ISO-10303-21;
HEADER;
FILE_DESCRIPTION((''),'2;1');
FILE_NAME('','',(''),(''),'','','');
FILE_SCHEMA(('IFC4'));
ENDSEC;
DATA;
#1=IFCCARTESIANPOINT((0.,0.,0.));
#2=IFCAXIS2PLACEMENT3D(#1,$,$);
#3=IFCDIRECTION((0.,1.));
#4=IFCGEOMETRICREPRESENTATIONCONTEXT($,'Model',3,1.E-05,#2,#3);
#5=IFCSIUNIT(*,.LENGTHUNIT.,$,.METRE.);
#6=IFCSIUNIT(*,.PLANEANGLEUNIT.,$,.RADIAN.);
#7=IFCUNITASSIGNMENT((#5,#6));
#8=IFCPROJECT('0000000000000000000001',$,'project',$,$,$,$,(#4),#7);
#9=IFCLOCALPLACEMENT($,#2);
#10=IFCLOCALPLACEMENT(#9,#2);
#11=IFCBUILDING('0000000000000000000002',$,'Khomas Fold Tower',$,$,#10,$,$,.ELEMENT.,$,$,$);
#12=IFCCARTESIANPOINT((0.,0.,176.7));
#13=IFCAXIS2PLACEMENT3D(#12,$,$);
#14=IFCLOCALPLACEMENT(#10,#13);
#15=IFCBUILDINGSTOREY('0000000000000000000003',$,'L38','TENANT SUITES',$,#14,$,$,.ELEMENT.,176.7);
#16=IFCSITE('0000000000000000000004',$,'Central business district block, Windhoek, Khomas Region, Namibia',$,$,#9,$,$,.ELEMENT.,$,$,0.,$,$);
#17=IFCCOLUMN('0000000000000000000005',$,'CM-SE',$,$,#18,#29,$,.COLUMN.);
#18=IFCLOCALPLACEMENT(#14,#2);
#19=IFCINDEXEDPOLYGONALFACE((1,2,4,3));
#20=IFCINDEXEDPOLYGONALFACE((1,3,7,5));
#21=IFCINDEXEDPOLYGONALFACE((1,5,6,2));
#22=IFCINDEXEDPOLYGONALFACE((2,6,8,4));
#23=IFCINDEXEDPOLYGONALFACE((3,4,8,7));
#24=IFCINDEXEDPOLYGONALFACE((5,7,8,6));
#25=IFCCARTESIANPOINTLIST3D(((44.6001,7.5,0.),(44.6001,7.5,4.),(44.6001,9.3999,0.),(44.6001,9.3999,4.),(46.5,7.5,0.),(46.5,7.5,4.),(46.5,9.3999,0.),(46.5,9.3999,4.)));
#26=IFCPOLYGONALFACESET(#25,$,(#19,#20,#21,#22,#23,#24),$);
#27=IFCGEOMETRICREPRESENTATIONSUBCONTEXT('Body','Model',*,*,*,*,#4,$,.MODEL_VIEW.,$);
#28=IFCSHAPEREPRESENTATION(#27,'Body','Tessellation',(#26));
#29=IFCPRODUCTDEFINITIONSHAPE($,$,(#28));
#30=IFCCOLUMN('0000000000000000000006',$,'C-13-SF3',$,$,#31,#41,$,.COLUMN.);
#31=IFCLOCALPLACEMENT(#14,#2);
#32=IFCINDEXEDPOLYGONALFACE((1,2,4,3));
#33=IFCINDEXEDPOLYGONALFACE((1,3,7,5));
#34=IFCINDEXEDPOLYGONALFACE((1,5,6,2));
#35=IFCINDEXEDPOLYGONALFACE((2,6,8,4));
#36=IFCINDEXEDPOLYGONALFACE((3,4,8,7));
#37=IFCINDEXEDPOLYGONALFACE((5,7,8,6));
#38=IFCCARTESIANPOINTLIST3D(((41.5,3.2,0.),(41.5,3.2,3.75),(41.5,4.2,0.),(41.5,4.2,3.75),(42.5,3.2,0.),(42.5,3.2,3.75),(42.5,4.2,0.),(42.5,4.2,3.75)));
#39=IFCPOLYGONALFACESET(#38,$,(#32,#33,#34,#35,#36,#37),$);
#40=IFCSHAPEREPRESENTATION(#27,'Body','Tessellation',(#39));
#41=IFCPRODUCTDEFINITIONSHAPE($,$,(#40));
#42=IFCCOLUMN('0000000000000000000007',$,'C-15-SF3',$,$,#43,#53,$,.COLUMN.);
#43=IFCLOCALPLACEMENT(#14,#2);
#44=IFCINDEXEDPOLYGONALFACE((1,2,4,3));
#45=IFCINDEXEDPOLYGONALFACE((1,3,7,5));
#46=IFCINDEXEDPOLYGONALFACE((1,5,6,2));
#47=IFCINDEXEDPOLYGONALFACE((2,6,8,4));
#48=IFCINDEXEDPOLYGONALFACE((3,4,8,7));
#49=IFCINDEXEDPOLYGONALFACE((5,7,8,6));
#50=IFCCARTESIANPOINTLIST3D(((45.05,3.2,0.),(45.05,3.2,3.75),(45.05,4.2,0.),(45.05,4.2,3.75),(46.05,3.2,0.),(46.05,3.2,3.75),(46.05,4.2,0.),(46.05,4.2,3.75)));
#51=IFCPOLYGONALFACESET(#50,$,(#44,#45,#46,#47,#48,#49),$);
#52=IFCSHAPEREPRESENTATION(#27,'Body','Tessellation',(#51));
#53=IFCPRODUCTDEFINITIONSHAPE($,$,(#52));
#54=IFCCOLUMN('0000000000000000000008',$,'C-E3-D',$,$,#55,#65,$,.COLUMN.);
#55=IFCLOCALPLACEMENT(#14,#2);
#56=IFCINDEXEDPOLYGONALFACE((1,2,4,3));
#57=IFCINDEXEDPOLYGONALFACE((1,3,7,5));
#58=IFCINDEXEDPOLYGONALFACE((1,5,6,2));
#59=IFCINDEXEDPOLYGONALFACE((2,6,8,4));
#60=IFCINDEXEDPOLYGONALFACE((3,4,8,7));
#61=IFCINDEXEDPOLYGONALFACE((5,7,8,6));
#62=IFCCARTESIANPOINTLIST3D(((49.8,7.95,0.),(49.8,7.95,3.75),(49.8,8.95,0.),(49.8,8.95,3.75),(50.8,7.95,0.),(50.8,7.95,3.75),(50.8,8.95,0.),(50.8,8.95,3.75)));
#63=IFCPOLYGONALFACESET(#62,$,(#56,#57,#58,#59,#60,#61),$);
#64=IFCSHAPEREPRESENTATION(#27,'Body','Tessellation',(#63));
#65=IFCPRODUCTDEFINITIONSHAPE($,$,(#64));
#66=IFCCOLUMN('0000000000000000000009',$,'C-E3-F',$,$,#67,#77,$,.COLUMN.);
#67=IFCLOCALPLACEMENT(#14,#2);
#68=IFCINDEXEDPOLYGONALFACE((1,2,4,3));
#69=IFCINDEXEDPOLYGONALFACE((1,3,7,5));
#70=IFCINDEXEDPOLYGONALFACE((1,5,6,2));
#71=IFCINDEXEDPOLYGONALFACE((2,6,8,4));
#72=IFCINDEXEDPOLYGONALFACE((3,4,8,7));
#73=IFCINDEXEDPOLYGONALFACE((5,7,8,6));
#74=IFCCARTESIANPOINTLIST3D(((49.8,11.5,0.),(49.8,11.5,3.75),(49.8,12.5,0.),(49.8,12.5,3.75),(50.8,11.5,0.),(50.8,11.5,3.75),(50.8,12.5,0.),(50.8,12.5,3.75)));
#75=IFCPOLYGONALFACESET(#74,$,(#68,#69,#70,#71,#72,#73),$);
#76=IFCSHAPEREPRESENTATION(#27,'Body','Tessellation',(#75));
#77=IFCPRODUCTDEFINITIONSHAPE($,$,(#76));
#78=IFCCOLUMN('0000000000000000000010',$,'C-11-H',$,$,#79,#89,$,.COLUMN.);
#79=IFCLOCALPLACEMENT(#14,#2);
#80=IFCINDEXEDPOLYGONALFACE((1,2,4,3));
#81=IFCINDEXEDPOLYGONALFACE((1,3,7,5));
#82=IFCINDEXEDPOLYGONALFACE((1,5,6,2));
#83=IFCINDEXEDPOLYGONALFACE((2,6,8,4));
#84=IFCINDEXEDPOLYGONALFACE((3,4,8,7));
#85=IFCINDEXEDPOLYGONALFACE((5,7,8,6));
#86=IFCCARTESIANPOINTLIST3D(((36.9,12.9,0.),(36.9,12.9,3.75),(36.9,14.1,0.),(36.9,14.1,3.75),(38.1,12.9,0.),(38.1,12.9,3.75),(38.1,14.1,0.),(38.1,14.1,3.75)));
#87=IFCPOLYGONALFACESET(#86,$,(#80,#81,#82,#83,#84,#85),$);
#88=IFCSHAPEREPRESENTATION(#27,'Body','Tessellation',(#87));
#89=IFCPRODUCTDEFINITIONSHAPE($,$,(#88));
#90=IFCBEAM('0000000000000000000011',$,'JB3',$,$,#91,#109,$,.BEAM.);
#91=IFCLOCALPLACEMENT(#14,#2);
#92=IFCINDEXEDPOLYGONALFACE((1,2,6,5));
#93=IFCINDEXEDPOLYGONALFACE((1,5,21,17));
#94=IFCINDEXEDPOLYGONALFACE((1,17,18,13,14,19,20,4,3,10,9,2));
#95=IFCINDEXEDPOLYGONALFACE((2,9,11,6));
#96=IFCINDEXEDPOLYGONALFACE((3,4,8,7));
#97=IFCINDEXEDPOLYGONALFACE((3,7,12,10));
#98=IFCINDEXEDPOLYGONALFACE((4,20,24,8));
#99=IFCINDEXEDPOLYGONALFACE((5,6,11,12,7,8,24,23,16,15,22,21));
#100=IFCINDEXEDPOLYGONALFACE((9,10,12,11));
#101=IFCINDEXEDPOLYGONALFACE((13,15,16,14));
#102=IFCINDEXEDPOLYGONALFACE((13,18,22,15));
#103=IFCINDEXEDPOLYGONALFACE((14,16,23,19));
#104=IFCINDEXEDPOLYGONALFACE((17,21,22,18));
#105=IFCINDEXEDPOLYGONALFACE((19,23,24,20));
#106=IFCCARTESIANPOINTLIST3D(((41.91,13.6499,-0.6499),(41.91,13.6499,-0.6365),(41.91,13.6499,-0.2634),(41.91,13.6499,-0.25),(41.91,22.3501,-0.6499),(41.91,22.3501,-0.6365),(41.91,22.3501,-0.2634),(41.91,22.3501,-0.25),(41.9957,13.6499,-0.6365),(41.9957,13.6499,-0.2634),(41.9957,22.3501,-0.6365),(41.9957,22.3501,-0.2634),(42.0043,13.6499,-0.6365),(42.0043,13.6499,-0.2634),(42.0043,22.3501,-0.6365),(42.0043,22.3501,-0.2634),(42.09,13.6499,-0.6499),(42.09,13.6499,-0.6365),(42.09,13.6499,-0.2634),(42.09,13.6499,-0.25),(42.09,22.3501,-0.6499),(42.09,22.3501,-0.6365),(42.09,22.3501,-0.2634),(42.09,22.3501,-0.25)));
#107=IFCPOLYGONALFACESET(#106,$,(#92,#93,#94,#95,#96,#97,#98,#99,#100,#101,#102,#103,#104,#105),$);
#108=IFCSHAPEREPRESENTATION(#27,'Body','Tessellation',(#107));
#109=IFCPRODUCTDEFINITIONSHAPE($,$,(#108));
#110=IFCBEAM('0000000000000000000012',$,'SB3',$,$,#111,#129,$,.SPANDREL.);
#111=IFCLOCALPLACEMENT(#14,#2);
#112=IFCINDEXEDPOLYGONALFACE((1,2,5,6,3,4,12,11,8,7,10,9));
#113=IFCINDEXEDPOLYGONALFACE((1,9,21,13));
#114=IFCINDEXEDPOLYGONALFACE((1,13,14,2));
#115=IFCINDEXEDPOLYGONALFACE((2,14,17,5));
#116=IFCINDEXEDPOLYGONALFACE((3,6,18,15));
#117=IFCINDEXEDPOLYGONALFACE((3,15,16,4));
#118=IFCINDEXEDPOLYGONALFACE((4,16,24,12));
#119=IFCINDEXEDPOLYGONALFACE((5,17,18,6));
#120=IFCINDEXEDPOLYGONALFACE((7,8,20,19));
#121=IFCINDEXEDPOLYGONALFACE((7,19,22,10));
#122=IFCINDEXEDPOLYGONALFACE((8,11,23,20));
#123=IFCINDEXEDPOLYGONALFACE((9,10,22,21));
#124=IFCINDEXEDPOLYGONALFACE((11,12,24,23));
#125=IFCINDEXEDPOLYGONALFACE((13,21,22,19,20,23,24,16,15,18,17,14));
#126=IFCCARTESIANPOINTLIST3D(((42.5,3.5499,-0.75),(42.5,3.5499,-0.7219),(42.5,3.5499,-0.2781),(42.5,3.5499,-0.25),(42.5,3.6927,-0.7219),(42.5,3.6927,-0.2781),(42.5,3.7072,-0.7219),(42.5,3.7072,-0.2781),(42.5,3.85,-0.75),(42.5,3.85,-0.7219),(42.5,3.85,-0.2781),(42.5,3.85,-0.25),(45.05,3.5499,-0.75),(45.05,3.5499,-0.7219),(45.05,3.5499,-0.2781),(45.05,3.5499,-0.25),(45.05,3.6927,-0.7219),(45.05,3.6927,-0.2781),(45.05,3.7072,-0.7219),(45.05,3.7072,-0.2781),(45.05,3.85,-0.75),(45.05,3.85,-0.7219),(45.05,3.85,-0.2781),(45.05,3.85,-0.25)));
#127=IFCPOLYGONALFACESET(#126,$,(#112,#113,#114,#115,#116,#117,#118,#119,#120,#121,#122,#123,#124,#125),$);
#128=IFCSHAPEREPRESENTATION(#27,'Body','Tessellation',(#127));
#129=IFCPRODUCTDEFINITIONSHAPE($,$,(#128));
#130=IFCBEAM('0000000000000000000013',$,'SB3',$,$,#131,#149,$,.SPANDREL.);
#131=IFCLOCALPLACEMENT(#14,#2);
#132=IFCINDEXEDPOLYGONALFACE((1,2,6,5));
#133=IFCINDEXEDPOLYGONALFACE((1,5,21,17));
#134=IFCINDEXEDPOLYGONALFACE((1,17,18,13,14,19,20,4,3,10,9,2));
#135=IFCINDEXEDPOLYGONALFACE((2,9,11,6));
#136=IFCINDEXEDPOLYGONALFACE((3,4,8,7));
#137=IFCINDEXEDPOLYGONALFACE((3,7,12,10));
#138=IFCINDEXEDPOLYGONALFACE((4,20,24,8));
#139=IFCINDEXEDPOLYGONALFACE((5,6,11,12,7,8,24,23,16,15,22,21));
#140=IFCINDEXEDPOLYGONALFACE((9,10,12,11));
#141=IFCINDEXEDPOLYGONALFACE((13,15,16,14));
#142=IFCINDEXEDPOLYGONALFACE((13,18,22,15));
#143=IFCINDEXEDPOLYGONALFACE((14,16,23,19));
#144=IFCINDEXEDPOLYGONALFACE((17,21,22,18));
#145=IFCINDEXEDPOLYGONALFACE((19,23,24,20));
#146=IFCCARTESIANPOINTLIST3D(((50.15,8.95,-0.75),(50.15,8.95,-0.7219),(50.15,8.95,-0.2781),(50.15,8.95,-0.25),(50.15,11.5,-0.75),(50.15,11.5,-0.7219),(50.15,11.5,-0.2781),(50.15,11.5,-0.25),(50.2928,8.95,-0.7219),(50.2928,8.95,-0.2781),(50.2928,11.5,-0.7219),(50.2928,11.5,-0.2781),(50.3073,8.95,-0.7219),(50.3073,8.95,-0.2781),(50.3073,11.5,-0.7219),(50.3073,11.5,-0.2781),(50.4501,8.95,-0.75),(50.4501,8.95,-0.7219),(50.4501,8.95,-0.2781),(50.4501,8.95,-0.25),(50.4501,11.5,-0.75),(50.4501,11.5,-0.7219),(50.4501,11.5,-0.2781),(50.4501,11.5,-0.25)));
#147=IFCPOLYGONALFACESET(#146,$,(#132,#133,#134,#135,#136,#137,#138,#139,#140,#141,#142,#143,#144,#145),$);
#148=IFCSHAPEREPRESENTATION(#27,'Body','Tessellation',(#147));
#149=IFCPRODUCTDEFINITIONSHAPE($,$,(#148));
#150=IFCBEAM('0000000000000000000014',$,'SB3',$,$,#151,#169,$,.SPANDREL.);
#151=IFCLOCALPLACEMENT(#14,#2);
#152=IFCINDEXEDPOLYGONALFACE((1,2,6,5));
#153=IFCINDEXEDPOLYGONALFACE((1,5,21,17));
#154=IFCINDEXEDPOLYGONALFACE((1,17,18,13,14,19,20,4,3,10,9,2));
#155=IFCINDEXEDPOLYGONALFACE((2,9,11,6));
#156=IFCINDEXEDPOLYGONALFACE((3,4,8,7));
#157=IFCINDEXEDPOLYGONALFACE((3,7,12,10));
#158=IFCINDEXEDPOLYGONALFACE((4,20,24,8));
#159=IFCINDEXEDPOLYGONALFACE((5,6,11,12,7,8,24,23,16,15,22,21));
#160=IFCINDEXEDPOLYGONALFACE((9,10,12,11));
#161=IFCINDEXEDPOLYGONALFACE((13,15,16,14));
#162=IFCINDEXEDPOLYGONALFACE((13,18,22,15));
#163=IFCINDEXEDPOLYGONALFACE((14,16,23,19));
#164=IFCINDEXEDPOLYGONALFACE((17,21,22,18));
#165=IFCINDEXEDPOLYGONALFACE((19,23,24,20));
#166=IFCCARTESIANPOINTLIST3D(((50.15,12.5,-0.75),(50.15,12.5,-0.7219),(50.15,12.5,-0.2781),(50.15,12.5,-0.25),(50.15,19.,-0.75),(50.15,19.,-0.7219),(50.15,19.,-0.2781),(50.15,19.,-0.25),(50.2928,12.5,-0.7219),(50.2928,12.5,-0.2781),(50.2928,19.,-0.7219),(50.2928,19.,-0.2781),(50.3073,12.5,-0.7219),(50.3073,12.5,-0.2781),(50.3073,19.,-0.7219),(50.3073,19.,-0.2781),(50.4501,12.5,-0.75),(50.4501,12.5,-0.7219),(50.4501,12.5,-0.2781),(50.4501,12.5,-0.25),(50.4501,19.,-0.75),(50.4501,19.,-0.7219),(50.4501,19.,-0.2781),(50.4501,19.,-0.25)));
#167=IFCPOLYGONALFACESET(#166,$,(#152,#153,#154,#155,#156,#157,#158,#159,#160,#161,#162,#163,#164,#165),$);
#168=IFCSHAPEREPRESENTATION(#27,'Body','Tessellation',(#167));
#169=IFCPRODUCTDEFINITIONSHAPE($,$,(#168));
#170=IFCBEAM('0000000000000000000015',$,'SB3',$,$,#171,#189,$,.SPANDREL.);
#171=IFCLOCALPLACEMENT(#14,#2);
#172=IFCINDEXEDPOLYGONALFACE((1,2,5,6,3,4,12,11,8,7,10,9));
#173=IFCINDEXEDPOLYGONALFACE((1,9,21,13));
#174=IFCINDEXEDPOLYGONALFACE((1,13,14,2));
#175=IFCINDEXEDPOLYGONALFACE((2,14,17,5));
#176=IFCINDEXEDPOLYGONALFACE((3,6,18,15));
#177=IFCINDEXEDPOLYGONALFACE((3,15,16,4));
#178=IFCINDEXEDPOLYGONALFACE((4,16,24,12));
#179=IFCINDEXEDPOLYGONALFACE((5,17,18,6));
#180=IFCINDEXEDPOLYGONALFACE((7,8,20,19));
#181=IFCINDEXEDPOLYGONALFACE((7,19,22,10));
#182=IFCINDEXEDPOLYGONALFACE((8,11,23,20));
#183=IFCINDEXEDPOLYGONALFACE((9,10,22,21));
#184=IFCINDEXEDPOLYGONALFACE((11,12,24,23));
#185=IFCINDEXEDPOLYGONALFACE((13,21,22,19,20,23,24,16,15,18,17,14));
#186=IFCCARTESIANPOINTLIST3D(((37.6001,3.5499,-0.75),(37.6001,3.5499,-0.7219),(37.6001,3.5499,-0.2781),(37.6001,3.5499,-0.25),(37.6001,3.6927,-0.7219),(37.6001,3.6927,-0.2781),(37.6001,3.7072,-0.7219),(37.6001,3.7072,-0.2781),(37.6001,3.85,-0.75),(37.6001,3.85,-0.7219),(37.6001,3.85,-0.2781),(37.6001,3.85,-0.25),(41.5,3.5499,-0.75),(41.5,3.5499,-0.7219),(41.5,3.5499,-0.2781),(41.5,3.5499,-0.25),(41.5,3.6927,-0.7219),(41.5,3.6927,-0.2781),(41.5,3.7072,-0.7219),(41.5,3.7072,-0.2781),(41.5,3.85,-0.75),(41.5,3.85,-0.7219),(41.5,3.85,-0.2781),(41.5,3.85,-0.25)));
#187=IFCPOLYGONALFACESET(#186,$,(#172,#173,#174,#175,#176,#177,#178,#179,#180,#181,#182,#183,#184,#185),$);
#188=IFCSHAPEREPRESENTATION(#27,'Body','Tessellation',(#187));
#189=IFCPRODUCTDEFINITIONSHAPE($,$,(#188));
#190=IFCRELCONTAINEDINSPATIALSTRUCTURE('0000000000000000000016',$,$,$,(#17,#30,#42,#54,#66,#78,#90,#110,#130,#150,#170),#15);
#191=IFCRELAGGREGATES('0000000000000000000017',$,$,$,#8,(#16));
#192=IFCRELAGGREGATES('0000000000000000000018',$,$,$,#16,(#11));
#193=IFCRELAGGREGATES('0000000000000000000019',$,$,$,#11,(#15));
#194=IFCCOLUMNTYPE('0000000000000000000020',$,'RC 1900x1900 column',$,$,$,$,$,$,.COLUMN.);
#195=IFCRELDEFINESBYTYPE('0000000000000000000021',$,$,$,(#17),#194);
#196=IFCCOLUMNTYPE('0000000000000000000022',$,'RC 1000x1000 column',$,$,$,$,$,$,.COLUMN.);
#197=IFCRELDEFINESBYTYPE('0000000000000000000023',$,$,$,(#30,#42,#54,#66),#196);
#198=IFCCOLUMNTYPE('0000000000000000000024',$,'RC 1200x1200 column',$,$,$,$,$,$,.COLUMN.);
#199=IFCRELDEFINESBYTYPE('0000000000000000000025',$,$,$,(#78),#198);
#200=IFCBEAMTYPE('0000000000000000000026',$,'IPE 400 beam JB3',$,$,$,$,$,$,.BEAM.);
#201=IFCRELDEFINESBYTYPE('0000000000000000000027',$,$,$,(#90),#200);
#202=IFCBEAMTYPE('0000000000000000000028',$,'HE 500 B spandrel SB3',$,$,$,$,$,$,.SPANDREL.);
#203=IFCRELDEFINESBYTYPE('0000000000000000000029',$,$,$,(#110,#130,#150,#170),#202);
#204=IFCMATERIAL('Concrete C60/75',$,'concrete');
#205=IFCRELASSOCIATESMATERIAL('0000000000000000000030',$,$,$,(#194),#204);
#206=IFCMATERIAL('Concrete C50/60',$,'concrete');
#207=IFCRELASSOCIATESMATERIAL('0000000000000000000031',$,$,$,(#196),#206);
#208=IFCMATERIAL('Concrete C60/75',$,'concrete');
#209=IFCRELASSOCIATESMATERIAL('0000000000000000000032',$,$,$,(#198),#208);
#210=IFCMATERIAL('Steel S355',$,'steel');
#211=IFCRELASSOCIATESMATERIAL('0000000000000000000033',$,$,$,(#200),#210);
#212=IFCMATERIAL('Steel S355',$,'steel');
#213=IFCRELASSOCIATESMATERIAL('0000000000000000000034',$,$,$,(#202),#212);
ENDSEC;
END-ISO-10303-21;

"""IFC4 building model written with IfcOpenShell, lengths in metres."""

from ifc_helpers import new_model, si_unit, direction, frame, origin, origin_2d, place, context, subcontext, project, spatial, rectangle, i_section, extrude, source, transform, mapped, material, material_profile, profile_set, type_object, element, save


model = new_model("IFC4")

# Units and contexts
model_context = context("Model", 3, precision=1e-05, world=origin(), true_north=direction((0.0, 1.0)))
body_context = subcontext(model_context, "Body", "Model", "MODEL_VIEW")
ifc_project = project(units=[si_unit("LENGTHUNIT", "METRE"), si_unit("PLANEANGLEUNIT", "RADIAN")], contexts=[model_context])

# Site, building, storey
site_placement = place(None, origin())
site = spatial("IfcSite", under=ifc_project, at=site_placement, Name="Central business district block, Windhoek, Khomas Region, Namibia", CompositionType="ELEMENT", RefElevation=0.0)
building_placement = place(site_placement, origin())
building = spatial("IfcBuilding", under=site, at=building_placement, Name="Khomas Fold Tower", CompositionType="ELEMENT")
storey_placement = place(building_placement, frame((0.0, 0.0, 176.7)))
storey = spatial("IfcBuildingStorey", under=building, at=storey_placement, Name="L38", Description="TENANT SUITES", CompositionType="ELEMENT", Elevation=176.7)

# Columns
ifc_material_1 = material(Name="Concrete C60/75", Category="concrete")
ifc_material_profile_1 = material_profile(ifc_material_1, rectangle(XDim=1.8999, YDim=1.8999, at=origin_2d()), Name="RC 1900x1900")
ifc_profile_set_1 = profile_set([ifc_material_profile_1], Name="Concrete C60/75")
column_type_1 = type_object("IfcColumnType", Name="RC 1900x1900 column", PredefinedType="COLUMN", material=ifc_profile_set_1)
shared_shape_1 = source(origin(), body_context, "Body", "SweptSolid", [
    extrude(rectangle(XDim=1.8999, YDim=1.8999, at=origin_2d()), origin(), (0.0, 0.0, 1.0), 4.0),
])
column_1_placement = place(storey_placement, frame((45.55, 8.45, 0.0), z_axis=(0.0, 0.0, 1.0), x_axis=(1.0, 0.0, 0.0)))
element("IfcColumn", 1, at=column_1_placement, inside=storey, type_object=column_type_1, Name="CM-SE", PredefinedType="COLUMN", context=body_context, shape_type="MappedRepresentation", body=[
    mapped(shared_shape_1, transform((0.0, 0.0, 0.0))),
])
ifc_material_2 = material(Name="Concrete C50/60", Category="concrete")
ifc_material_profile_2 = material_profile(ifc_material_2, rectangle(XDim=1.0, YDim=1.0, at=origin_2d()), Name="RC 1000x1000")
ifc_profile_set_2 = profile_set([ifc_material_profile_2], Name="Concrete C50/60")
column_type_2 = type_object("IfcColumnType", Name="RC 1000x1000 column", PredefinedType="COLUMN", material=ifc_profile_set_2)
shared_shape_2 = source(origin(), body_context, "Body", "SweptSolid", [
    extrude(rectangle(XDim=1.0, YDim=1.0, at=origin_2d()), origin(), (0.0, 0.0, 1.0), 3.75),
])
for number, where, z_axis, x_axis, name in (
    (2, (42.0, 3.7, 0.0), (0.0, 0.0, 1.0), (1.0, 0.0, 0.0), "C-13-SF3"),
    (3, (45.55, 3.7, 0.0), (0.0, 0.0, 1.0), (1.0, 0.0, 0.0), "C-15-SF3"),
    (4, (50.3, 8.45, 0.0), (0.0, 0.0, 1.0), (1.0, 0.0, 0.0), "C-E3-D"),
    (5, (50.3, 12.0, 0.0), (0.0, 0.0, 1.0), (1.0, 0.0, 0.0), "C-E3-F"),
):
    element("IfcColumn", number, at=place(storey_placement, frame(where, z_axis=z_axis, x_axis=x_axis)), inside=storey, type_object=column_type_2, Name=name, PredefinedType="COLUMN", context=body_context, shape_type="MappedRepresentation", body=[
        mapped(shared_shape_2, transform((0.0, 0.0, 0.0))),
    ])
ifc_material_3 = material(Name="Concrete C60/75", Category="concrete")
ifc_material_profile_3 = material_profile(ifc_material_3, rectangle(XDim=1.2, YDim=1.2, at=origin_2d()), Name="RC 1200x1200")
ifc_profile_set_3 = profile_set([ifc_material_profile_3], Name="Concrete C60/75")
column_type_3 = type_object("IfcColumnType", Name="RC 1200x1200 column", PredefinedType="COLUMN", material=ifc_profile_set_3)
shared_shape_3 = source(origin(), body_context, "Body", "SweptSolid", [
    extrude(rectangle(XDim=1.2, YDim=1.2, at=origin_2d()), origin(), (0.0, 0.0, 1.0), 3.75),
])
column_2_placement = place(storey_placement, frame((37.5, 13.5, 0.0), z_axis=(0.0, 0.0, 1.0), x_axis=(1.0, 0.0, 0.0)))
element("IfcColumn", 6, at=column_2_placement, inside=storey, type_object=column_type_3, Name="C-11-H", PredefinedType="COLUMN", context=body_context, shape_type="MappedRepresentation", body=[
    mapped(shared_shape_3, transform((0.0, 0.0, 0.0))),
])

# Beams
ifc_material_4 = material(Name="Steel S355", Category="steel")
ifc_material_profile_4 = material_profile(ifc_material_4, i_section(OverallWidth=0.1799, OverallDepth=0.3999, WebThickness=0.0085, FlangeThickness=0.0134, at=origin_2d()), Name="IPE 400")
ifc_profile_set_4 = profile_set([ifc_material_profile_4], Name="Steel S355")
beam_type_1 = type_object("IfcBeamType", Name="IPE 400 beam JB3", PredefinedType="BEAM", material=ifc_profile_set_4)
shared_shape_4 = source(origin(), body_context, "Body", "SweptSolid", [
    extrude(i_section(OverallWidth=0.1799, OverallDepth=0.3999, WebThickness=0.0085, FlangeThickness=0.0134, at=origin_2d()), origin(), (0.0, 0.0, 1.0), 8.7002),
])
beam_1_placement = place(storey_placement, frame((42.0, 13.6499, -0.45), z_axis=(0.0, 1.0, 0.0), x_axis=(-1.0, 0.0, 0.0)))
element("IfcBeam", 7, at=beam_1_placement, inside=storey, type_object=beam_type_1, Name="JB3", PredefinedType="BEAM", context=body_context, shape_type="MappedRepresentation", body=[
    mapped(shared_shape_4, transform((0.0, 0.0, 0.0))),
])
ifc_material_5 = material(Name="Steel S355", Category="steel")
ifc_material_profile_5 = material_profile(ifc_material_5, i_section(OverallWidth=0.3, OverallDepth=0.5, WebThickness=0.0144, FlangeThickness=0.0281, at=origin_2d()), Name="HE 500 B")
ifc_profile_set_5 = profile_set([ifc_material_profile_5], Name="Steel S355")
beam_type_2 = type_object("IfcBeamType", Name="HE 500 B spandrel SB3", PredefinedType="SPANDREL", material=ifc_profile_set_5)
shared_shape_5 = source(origin(), body_context, "Body", "SweptSolid", [
    extrude(i_section(OverallWidth=0.3, OverallDepth=0.5, WebThickness=0.0144, FlangeThickness=0.0281, at=origin_2d()), origin(), (0.0, 0.0, 1.0), 2.55),
])
for number, where, z_axis, x_axis, name in (
    (8, (42.5, 3.7, -0.5), (1.0, 0.0, 0.0), (0.0, 1.0, 0.0), "SB3"),
    (9, (50.3, 8.95, -0.5), (0.0, 1.0, 0.0), (-1.0, 0.0, 0.0), "SB3"),
):
    element("IfcBeam", number, at=place(storey_placement, frame(where, z_axis=z_axis, x_axis=x_axis)), inside=storey, type_object=beam_type_2, Name=name, PredefinedType="SPANDREL", context=body_context, shape_type="MappedRepresentation", body=[
        mapped(shared_shape_5, transform((0.0, 0.0, 0.0))),
    ])
shared_shape_6 = source(origin(), body_context, "Body", "SweptSolid", [
    extrude(i_section(OverallWidth=0.3, OverallDepth=0.5, WebThickness=0.0144, FlangeThickness=0.0281, at=origin_2d()), origin(), (0.0, 0.0, 1.0), 6.5),
])
beam_2_placement = place(storey_placement, frame((50.3, 12.5, -0.5), z_axis=(0.0, 1.0, 0.0), x_axis=(-1.0, 0.0, 0.0)))
element("IfcBeam", 10, at=beam_2_placement, inside=storey, type_object=beam_type_2, Name="SB3", PredefinedType="SPANDREL", context=body_context, shape_type="MappedRepresentation", body=[
    mapped(shared_shape_6, transform((0.0, 0.0, 0.0))),
])
shared_shape_7 = source(origin(), body_context, "Body", "SweptSolid", [
    extrude(i_section(OverallWidth=0.3, OverallDepth=0.5, WebThickness=0.0144, FlangeThickness=0.0281, at=origin_2d()), origin(), (0.0, 0.0, 1.0), 3.8999),
])
beam_3_placement = place(storey_placement, frame((37.6001, 3.7, -0.5), z_axis=(1.0, 0.0, 0.0), x_axis=(0.0, 1.0, 0.0)))
element("IfcBeam", 11, at=beam_3_placement, inside=storey, type_object=beam_type_2, Name="SB3", PredefinedType="SPANDREL", context=body_context, shape_type="MappedRepresentation", body=[
    mapped(shared_shape_7, transform((0.0, 0.0, 0.0))),
])

save(model, "model.ifc")
